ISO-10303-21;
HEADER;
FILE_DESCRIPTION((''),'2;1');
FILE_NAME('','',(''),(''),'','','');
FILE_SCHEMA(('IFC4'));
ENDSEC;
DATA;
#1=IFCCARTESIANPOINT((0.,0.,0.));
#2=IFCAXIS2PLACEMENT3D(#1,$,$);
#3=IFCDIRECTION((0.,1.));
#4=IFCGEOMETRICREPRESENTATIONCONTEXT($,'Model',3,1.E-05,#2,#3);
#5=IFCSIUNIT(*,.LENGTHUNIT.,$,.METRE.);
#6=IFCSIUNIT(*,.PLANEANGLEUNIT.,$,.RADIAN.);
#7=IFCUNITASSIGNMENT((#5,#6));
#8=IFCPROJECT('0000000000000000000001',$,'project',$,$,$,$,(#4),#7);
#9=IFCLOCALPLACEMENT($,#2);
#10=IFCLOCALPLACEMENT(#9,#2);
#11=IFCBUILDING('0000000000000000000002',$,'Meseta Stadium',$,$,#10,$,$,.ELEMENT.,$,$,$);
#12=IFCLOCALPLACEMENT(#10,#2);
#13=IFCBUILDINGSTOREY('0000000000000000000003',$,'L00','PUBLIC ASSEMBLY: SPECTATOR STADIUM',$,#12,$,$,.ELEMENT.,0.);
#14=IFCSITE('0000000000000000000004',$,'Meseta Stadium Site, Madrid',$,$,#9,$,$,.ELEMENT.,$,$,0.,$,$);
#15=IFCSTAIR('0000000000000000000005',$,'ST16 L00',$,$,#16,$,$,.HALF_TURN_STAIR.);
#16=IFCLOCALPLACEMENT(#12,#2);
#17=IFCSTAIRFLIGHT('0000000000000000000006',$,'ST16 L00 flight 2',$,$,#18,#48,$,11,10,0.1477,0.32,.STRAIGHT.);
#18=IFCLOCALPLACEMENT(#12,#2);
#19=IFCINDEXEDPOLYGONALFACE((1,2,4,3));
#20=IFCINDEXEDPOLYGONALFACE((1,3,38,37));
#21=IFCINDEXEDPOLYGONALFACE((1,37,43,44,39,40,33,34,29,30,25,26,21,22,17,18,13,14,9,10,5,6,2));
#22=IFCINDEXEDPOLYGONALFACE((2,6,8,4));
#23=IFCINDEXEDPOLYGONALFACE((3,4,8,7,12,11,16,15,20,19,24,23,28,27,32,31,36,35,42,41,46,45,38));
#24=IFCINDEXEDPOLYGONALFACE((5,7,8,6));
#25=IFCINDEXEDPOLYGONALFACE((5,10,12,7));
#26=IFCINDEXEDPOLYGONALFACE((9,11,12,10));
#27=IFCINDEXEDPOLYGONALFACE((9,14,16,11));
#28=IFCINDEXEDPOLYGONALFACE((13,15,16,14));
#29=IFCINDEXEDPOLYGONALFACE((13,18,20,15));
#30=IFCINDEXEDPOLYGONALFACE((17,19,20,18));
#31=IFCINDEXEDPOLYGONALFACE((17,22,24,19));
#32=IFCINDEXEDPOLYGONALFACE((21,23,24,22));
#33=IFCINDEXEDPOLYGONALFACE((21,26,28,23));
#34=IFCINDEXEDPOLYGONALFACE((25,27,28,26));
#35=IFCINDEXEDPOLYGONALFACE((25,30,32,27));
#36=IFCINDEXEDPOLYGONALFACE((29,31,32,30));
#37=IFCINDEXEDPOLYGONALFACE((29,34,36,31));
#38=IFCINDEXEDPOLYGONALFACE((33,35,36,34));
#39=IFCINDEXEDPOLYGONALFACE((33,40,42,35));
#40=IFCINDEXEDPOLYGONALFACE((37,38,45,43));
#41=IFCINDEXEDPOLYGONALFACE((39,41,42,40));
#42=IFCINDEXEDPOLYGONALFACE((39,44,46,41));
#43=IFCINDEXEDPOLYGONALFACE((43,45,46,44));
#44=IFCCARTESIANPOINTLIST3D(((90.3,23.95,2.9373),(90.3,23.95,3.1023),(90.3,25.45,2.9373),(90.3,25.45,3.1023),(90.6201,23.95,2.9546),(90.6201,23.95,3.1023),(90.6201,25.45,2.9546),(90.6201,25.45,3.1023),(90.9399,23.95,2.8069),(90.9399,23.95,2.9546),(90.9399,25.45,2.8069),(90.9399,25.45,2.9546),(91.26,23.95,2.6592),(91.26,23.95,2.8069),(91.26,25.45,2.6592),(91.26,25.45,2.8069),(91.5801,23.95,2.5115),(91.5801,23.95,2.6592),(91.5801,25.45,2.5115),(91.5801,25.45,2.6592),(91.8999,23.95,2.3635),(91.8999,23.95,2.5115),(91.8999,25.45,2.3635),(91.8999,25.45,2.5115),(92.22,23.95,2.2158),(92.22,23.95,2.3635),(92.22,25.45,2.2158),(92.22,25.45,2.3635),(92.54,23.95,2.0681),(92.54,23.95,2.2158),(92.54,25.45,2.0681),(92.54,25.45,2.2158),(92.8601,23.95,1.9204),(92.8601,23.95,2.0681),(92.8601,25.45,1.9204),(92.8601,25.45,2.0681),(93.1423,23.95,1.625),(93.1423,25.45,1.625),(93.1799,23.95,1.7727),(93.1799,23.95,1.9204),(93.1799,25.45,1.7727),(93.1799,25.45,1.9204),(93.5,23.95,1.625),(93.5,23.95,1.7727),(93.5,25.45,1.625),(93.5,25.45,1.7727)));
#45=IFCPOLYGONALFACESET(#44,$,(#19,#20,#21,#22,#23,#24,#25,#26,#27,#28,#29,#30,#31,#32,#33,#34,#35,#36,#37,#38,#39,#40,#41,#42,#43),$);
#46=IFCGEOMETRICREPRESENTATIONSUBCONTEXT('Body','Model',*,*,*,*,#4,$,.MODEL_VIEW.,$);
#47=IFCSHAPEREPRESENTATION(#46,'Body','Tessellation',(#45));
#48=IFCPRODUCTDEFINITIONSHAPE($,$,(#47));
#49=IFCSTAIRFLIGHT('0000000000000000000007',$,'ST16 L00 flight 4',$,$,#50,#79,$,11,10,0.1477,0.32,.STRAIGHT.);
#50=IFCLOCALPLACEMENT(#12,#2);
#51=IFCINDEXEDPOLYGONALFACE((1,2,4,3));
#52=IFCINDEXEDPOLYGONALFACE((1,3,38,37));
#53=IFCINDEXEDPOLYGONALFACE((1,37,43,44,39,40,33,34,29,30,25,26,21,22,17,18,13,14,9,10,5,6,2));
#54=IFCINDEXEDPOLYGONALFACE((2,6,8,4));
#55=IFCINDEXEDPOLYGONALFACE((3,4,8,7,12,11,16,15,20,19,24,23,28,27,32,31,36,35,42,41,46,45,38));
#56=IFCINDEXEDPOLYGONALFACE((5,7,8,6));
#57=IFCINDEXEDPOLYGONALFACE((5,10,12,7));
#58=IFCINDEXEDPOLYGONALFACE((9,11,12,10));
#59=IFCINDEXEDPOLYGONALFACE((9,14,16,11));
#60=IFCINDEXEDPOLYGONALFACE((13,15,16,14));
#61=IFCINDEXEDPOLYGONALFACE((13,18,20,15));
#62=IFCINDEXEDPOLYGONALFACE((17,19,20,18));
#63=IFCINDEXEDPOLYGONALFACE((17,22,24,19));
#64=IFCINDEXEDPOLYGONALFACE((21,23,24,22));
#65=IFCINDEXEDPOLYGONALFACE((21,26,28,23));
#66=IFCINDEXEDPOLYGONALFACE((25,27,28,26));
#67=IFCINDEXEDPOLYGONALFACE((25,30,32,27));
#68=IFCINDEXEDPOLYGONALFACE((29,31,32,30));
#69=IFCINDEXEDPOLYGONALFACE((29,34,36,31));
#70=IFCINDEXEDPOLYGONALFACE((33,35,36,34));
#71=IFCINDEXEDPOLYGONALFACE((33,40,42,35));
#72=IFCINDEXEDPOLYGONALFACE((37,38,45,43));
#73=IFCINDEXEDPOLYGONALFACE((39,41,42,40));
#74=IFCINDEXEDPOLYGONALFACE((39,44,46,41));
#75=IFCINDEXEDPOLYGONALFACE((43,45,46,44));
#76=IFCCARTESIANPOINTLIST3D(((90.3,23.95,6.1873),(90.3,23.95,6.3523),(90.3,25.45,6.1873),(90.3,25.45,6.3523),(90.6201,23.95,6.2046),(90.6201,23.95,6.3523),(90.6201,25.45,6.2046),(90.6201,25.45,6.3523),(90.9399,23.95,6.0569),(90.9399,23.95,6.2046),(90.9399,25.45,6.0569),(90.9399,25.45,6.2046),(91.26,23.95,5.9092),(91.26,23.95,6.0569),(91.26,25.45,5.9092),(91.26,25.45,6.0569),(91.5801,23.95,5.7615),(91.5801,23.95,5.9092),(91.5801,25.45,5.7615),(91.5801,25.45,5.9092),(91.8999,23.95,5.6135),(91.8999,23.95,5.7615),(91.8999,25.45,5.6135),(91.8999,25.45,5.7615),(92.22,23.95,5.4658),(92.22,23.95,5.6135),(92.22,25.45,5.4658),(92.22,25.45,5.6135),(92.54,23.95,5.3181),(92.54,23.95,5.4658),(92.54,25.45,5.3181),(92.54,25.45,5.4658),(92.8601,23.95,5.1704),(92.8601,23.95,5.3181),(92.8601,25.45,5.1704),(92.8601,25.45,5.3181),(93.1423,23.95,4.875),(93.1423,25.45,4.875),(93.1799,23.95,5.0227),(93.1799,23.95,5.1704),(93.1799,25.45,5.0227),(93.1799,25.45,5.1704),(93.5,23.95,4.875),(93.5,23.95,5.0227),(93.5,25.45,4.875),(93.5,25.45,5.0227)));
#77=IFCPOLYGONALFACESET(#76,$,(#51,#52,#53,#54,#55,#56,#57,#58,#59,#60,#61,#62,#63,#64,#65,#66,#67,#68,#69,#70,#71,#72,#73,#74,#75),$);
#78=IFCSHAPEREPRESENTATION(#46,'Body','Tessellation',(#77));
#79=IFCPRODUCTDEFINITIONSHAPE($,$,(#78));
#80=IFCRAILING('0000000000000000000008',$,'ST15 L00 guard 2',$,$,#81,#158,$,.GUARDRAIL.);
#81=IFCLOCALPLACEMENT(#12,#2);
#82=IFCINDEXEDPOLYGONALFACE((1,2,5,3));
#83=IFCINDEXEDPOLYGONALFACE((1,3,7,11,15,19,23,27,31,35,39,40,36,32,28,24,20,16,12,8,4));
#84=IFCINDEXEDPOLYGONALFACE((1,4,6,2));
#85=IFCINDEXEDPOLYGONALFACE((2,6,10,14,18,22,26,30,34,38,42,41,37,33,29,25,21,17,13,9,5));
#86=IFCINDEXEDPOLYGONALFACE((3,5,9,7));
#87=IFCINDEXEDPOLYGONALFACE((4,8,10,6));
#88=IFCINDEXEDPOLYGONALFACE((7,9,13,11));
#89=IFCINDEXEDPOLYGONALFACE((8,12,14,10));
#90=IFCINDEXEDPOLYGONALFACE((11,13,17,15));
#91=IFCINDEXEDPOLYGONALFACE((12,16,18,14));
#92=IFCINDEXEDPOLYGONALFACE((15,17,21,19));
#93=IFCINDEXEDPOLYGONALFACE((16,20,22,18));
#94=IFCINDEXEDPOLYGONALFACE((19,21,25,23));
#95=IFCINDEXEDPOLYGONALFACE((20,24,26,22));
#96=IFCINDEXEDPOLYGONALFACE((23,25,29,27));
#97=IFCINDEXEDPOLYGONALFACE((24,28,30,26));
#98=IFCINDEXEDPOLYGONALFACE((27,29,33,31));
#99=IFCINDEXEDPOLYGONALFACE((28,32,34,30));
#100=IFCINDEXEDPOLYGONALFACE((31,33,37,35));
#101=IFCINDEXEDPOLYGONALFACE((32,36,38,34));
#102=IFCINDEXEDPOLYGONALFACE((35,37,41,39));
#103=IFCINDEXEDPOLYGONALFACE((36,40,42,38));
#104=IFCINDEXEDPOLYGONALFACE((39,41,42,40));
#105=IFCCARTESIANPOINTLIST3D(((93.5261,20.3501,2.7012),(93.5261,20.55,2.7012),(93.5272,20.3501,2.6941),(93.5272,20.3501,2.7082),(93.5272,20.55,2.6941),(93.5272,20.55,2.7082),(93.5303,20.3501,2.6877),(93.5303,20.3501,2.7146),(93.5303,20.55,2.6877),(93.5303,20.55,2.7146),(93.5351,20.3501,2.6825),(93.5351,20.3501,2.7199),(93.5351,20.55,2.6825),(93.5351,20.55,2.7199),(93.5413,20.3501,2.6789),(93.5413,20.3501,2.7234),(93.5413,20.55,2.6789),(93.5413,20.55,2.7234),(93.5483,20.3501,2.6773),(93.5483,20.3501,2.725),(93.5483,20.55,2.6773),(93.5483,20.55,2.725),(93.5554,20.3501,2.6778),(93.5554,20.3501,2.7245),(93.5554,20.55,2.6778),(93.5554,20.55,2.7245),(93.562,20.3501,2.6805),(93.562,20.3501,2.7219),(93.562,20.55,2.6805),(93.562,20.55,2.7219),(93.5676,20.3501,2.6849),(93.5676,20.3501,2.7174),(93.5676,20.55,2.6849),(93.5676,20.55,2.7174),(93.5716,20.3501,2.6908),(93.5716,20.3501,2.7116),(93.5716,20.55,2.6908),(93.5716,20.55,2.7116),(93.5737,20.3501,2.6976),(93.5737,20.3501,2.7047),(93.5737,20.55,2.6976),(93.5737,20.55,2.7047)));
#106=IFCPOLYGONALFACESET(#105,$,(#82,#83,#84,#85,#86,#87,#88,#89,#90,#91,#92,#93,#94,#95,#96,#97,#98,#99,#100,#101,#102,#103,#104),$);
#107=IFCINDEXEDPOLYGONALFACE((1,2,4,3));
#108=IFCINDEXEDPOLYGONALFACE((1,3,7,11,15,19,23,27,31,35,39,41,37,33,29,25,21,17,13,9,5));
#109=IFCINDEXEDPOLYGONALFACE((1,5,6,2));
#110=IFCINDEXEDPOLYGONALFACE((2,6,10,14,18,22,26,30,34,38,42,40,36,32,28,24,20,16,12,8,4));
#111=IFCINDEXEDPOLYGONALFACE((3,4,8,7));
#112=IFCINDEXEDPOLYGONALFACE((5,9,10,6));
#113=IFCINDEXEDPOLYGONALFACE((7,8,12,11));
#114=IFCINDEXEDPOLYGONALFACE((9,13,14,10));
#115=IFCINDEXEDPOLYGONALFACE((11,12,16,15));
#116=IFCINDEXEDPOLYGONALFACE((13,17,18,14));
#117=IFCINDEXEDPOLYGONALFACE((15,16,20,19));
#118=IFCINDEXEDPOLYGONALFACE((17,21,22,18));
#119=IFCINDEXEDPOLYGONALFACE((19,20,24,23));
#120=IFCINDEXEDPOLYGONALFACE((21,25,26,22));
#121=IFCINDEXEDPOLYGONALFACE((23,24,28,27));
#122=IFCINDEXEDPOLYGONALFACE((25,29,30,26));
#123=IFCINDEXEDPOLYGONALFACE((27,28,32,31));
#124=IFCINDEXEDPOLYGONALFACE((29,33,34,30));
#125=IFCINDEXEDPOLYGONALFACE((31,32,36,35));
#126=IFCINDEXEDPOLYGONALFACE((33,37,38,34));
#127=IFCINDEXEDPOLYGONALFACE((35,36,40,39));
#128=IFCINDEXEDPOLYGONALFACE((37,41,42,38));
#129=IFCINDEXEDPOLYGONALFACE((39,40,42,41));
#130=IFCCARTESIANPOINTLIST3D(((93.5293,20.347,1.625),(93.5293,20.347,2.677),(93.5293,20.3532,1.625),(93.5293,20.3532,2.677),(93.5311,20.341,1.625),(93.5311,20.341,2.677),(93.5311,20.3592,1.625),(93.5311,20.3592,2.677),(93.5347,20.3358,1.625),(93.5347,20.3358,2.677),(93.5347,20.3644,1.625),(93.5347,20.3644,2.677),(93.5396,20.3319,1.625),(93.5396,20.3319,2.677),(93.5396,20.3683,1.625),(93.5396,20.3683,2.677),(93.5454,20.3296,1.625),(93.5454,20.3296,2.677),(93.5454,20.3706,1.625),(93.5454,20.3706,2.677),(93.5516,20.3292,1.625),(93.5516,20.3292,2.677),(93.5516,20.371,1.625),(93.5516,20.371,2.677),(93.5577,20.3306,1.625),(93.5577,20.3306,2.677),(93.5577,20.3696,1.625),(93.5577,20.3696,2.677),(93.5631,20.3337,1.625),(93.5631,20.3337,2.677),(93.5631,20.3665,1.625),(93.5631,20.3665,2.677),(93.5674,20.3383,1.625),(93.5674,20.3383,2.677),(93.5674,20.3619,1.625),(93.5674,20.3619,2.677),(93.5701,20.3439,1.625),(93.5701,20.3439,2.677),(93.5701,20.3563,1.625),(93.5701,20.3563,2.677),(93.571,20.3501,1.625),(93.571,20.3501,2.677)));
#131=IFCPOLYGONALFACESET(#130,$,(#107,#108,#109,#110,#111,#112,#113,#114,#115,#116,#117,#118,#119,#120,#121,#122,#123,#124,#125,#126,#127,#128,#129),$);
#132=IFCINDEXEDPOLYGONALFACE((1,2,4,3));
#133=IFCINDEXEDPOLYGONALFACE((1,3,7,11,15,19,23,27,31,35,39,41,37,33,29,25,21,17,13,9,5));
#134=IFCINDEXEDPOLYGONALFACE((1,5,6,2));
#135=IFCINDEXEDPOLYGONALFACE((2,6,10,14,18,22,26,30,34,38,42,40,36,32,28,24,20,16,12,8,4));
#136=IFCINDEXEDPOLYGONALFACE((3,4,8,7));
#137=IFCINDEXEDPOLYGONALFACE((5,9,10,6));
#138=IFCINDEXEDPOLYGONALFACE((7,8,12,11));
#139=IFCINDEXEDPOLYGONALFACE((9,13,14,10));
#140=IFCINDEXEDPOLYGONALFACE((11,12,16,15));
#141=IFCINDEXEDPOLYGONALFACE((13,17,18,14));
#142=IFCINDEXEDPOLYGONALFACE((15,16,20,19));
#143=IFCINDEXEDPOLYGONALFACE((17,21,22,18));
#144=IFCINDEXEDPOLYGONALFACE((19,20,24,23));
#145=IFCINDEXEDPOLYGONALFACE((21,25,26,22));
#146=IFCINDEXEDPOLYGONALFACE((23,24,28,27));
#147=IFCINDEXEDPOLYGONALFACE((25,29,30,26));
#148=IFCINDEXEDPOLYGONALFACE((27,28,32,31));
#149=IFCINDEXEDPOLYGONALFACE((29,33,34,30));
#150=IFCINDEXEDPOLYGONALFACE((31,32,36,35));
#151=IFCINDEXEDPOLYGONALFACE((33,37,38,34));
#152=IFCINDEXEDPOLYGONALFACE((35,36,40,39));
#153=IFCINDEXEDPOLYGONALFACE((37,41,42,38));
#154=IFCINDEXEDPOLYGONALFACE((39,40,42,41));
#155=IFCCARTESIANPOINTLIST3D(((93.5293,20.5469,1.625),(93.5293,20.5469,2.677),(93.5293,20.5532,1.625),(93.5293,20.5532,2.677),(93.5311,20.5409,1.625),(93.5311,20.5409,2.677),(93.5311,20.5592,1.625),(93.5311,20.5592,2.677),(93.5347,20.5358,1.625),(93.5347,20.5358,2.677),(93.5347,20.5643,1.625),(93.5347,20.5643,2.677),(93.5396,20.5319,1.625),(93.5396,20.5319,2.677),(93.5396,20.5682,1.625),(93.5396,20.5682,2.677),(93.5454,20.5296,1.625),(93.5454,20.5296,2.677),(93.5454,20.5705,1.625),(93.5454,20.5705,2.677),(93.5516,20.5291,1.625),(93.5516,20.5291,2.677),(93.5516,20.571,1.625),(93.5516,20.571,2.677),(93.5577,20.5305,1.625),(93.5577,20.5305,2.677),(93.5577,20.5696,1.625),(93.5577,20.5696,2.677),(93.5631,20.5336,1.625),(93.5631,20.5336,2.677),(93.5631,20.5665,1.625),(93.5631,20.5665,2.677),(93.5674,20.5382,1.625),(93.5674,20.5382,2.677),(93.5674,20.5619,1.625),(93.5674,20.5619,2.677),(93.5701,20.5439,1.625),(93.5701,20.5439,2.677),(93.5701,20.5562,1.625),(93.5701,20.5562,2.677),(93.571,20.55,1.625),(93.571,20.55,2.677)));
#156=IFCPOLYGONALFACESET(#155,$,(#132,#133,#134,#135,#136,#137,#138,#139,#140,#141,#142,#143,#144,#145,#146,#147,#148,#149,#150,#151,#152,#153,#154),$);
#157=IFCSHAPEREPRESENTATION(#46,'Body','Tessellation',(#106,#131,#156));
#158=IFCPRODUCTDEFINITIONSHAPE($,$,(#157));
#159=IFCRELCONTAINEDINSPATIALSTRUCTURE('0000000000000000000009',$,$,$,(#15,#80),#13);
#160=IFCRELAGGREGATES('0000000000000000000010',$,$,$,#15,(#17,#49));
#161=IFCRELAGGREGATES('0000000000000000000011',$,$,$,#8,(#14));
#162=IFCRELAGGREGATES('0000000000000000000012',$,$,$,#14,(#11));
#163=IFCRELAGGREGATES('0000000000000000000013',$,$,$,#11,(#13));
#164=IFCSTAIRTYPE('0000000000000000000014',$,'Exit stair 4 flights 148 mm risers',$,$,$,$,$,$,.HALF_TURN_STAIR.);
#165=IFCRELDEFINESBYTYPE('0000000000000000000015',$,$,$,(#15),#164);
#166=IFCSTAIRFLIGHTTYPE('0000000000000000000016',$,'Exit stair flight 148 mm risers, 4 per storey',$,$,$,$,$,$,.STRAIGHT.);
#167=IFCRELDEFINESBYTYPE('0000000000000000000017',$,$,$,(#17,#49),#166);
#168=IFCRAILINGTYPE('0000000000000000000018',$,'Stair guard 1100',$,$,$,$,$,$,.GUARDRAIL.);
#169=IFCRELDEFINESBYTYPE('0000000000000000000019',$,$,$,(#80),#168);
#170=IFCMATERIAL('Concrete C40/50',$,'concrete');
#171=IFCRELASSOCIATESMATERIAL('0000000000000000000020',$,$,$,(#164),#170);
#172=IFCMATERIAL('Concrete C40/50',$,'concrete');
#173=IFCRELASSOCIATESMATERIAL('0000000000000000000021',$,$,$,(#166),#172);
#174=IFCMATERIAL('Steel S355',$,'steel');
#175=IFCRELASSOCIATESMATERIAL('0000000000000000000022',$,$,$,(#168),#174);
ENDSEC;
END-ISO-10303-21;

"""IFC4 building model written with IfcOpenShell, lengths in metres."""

from ifc_helpers import new_model, si_unit, direction, frame, origin, origin_2d, place, context, subcontext, project, spatial, polyline, circle, outline, extrude, material, type_object, element, aggregate, save


model = new_model("IFC4")

# Units and contexts
model_context = context("Model", 3, precision=1e-05, world=origin(), true_north=direction((0.0, 1.0)))
body_context = subcontext(model_context, "Body", "Model", "MODEL_VIEW")
ifc_project = project(units=[si_unit("LENGTHUNIT", "METRE"), si_unit("PLANEANGLEUNIT", "RADIAN")], contexts=[model_context])

# Site, building, storey
site_placement = place(None, origin())
site = spatial("IfcSite", under=ifc_project, at=site_placement, Name="Meseta Stadium Site, Madrid", CompositionType="ELEMENT", RefElevation=0.0)
building_placement = place(site_placement, origin())
building = spatial("IfcBuilding", under=site, at=building_placement, Name="Meseta Stadium", CompositionType="ELEMENT")
storey_placement = place(building_placement, origin())
storey = spatial("IfcBuildingStorey", under=building, at=storey_placement, Name="L00", Description="PUBLIC ASSEMBLY: SPECTATOR STADIUM", CompositionType="ELEMENT", Elevation=0.0)

# Stair, stair flights
ifc_material_1 = material(Name="Concrete C40/50", Category="concrete")
stair_type = type_object("IfcStairType", Name="Exit stair 4 flights 148 mm risers", PredefinedType="HALF_TURN_STAIR", material=ifc_material_1)
ifc_material_2 = material(Name="Concrete C40/50", Category="concrete")
stair_flight_type = type_object("IfcStairFlightType", Name="Exit stair flight 148 mm risers, 4 per storey", PredefinedType="STRAIGHT", material=ifc_material_2)
stair_1_placement = place(storey_placement, origin())
stair_1 = element("IfcStair", 1, at=stair_1_placement, inside=storey, type_object=stair_type, Name="ST16 L00", PredefinedType="HALF_TURN_STAIR")
stair_flight_1_placement = place(storey_placement, frame((93.5, 24.7, 1.625), z_axis=(0.0, 0.0, 1.0), x_axis=(-1.0, 0.0, 0.0)))
stair_flight_1 = element("IfcStairFlight", 2, at=stair_flight_1_placement, type_object=stair_flight_type, Name="ST16 L00 flight 2", NumberOfRisers=11, NumberOfTreads=10, PredefinedType="STRAIGHT", RiserHeight=0.1477, TreadLength=0.32, context=body_context, shape_type="SweptSolid", body=[
    extrude(outline(polyline([(0.0, 0.0), (0.0, 0.1477), (0.3201, 0.1477), (0.3201, 0.2954), (0.6399, 0.2954), (0.6399, 0.4431), (0.96, 0.4431), (0.96, 0.5908), (1.28, 0.5908), (1.28, 0.7385), (1.6001, 0.7385), (1.6001, 0.8865), (1.9199, 0.8865), (1.9199, 1.0342), (2.24, 1.0342), (2.24, 1.1819), (2.5601, 1.1819), (2.5601, 1.3296), (2.8799, 1.3296), (2.8799, 1.4773), (3.2, 1.4773), (3.2, 1.3123), (0.3577, 0.0), (0.0, 0.0)])), frame((0.0, 0.75, 0.0), z_axis=(0.0, -1.0, 0.0), x_axis=(1.0, 0.0, 0.0)), (0.0, 0.0, 1.0), 1.5),
])
stair_flight_2_placement = place(storey_placement, frame((93.5, 24.7, 4.875), z_axis=(0.0, 0.0, 1.0), x_axis=(-1.0, 0.0, 0.0)))
stair_flight_2 = element("IfcStairFlight", 3, at=stair_flight_2_placement, type_object=stair_flight_type, Name="ST16 L00 flight 4", NumberOfRisers=11, NumberOfTreads=10, PredefinedType="STRAIGHT", RiserHeight=0.1477, TreadLength=0.32, context=body_context, shape_type="SweptSolid", body=[
    extrude(outline(polyline([(0.0, 0.0), (0.0, 0.1477), (0.3201, 0.1477), (0.3201, 0.2954), (0.6399, 0.2954), (0.6399, 0.4431), (0.96, 0.4431), (0.96, 0.5908), (1.28, 0.5908), (1.28, 0.7385), (1.6001, 0.7385), (1.6001, 0.8865), (1.9199, 0.8865), (1.9199, 1.0342), (2.24, 1.0342), (2.24, 1.1819), (2.5601, 1.1819), (2.5601, 1.3296), (2.8799, 1.3296), (2.8799, 1.4773), (3.2, 1.4773), (3.2, 1.3123), (0.3577, 0.0), (0.0, 0.0)])), frame((0.0, 0.75, 0.0), z_axis=(0.0, -1.0, 0.0), x_axis=(1.0, 0.0, 0.0)), (0.0, 0.0, 1.0), 1.5),
])
aggregate(stair_1, [stair_flight_1, stair_flight_2])

# Railing
ifc_material_3 = material(Name="Steel S355", Category="steel")
railing_type_1 = type_object("IfcRailingType", Name="Stair guard 1100", PredefinedType="GUARDRAIL", material=ifc_material_3)
railing_1_placement = place(storey_placement, frame((93.55, 20.3501, 1.625)))
element("IfcRailing", 4, at=railing_1_placement, inside=storey, type_object=railing_type_1, Name="ST15 L00 guard 2", PredefinedType="GUARDRAIL", context=body_context, shape_type="SweptSolid", body=[
    extrude(circle(Radius=0.0239, at=origin_2d()), frame((0.0, 0.0, 1.0762), z_axis=(0.0, 1.0, 0.0), x_axis=(-1.0, 0.0, 0.0)), (0.0, 0.0, 1.0), 0.2),
    extrude(circle(Radius=0.021, at=origin_2d()), origin(), (0.0, 0.0, 1.0), 1.052),
    extrude(circle(Radius=0.021, at=origin_2d()), frame((0.0, 0.2, 0.0)), (0.0, 0.0, 1.0), 1.052),
])

save(model, "model.ifc")
